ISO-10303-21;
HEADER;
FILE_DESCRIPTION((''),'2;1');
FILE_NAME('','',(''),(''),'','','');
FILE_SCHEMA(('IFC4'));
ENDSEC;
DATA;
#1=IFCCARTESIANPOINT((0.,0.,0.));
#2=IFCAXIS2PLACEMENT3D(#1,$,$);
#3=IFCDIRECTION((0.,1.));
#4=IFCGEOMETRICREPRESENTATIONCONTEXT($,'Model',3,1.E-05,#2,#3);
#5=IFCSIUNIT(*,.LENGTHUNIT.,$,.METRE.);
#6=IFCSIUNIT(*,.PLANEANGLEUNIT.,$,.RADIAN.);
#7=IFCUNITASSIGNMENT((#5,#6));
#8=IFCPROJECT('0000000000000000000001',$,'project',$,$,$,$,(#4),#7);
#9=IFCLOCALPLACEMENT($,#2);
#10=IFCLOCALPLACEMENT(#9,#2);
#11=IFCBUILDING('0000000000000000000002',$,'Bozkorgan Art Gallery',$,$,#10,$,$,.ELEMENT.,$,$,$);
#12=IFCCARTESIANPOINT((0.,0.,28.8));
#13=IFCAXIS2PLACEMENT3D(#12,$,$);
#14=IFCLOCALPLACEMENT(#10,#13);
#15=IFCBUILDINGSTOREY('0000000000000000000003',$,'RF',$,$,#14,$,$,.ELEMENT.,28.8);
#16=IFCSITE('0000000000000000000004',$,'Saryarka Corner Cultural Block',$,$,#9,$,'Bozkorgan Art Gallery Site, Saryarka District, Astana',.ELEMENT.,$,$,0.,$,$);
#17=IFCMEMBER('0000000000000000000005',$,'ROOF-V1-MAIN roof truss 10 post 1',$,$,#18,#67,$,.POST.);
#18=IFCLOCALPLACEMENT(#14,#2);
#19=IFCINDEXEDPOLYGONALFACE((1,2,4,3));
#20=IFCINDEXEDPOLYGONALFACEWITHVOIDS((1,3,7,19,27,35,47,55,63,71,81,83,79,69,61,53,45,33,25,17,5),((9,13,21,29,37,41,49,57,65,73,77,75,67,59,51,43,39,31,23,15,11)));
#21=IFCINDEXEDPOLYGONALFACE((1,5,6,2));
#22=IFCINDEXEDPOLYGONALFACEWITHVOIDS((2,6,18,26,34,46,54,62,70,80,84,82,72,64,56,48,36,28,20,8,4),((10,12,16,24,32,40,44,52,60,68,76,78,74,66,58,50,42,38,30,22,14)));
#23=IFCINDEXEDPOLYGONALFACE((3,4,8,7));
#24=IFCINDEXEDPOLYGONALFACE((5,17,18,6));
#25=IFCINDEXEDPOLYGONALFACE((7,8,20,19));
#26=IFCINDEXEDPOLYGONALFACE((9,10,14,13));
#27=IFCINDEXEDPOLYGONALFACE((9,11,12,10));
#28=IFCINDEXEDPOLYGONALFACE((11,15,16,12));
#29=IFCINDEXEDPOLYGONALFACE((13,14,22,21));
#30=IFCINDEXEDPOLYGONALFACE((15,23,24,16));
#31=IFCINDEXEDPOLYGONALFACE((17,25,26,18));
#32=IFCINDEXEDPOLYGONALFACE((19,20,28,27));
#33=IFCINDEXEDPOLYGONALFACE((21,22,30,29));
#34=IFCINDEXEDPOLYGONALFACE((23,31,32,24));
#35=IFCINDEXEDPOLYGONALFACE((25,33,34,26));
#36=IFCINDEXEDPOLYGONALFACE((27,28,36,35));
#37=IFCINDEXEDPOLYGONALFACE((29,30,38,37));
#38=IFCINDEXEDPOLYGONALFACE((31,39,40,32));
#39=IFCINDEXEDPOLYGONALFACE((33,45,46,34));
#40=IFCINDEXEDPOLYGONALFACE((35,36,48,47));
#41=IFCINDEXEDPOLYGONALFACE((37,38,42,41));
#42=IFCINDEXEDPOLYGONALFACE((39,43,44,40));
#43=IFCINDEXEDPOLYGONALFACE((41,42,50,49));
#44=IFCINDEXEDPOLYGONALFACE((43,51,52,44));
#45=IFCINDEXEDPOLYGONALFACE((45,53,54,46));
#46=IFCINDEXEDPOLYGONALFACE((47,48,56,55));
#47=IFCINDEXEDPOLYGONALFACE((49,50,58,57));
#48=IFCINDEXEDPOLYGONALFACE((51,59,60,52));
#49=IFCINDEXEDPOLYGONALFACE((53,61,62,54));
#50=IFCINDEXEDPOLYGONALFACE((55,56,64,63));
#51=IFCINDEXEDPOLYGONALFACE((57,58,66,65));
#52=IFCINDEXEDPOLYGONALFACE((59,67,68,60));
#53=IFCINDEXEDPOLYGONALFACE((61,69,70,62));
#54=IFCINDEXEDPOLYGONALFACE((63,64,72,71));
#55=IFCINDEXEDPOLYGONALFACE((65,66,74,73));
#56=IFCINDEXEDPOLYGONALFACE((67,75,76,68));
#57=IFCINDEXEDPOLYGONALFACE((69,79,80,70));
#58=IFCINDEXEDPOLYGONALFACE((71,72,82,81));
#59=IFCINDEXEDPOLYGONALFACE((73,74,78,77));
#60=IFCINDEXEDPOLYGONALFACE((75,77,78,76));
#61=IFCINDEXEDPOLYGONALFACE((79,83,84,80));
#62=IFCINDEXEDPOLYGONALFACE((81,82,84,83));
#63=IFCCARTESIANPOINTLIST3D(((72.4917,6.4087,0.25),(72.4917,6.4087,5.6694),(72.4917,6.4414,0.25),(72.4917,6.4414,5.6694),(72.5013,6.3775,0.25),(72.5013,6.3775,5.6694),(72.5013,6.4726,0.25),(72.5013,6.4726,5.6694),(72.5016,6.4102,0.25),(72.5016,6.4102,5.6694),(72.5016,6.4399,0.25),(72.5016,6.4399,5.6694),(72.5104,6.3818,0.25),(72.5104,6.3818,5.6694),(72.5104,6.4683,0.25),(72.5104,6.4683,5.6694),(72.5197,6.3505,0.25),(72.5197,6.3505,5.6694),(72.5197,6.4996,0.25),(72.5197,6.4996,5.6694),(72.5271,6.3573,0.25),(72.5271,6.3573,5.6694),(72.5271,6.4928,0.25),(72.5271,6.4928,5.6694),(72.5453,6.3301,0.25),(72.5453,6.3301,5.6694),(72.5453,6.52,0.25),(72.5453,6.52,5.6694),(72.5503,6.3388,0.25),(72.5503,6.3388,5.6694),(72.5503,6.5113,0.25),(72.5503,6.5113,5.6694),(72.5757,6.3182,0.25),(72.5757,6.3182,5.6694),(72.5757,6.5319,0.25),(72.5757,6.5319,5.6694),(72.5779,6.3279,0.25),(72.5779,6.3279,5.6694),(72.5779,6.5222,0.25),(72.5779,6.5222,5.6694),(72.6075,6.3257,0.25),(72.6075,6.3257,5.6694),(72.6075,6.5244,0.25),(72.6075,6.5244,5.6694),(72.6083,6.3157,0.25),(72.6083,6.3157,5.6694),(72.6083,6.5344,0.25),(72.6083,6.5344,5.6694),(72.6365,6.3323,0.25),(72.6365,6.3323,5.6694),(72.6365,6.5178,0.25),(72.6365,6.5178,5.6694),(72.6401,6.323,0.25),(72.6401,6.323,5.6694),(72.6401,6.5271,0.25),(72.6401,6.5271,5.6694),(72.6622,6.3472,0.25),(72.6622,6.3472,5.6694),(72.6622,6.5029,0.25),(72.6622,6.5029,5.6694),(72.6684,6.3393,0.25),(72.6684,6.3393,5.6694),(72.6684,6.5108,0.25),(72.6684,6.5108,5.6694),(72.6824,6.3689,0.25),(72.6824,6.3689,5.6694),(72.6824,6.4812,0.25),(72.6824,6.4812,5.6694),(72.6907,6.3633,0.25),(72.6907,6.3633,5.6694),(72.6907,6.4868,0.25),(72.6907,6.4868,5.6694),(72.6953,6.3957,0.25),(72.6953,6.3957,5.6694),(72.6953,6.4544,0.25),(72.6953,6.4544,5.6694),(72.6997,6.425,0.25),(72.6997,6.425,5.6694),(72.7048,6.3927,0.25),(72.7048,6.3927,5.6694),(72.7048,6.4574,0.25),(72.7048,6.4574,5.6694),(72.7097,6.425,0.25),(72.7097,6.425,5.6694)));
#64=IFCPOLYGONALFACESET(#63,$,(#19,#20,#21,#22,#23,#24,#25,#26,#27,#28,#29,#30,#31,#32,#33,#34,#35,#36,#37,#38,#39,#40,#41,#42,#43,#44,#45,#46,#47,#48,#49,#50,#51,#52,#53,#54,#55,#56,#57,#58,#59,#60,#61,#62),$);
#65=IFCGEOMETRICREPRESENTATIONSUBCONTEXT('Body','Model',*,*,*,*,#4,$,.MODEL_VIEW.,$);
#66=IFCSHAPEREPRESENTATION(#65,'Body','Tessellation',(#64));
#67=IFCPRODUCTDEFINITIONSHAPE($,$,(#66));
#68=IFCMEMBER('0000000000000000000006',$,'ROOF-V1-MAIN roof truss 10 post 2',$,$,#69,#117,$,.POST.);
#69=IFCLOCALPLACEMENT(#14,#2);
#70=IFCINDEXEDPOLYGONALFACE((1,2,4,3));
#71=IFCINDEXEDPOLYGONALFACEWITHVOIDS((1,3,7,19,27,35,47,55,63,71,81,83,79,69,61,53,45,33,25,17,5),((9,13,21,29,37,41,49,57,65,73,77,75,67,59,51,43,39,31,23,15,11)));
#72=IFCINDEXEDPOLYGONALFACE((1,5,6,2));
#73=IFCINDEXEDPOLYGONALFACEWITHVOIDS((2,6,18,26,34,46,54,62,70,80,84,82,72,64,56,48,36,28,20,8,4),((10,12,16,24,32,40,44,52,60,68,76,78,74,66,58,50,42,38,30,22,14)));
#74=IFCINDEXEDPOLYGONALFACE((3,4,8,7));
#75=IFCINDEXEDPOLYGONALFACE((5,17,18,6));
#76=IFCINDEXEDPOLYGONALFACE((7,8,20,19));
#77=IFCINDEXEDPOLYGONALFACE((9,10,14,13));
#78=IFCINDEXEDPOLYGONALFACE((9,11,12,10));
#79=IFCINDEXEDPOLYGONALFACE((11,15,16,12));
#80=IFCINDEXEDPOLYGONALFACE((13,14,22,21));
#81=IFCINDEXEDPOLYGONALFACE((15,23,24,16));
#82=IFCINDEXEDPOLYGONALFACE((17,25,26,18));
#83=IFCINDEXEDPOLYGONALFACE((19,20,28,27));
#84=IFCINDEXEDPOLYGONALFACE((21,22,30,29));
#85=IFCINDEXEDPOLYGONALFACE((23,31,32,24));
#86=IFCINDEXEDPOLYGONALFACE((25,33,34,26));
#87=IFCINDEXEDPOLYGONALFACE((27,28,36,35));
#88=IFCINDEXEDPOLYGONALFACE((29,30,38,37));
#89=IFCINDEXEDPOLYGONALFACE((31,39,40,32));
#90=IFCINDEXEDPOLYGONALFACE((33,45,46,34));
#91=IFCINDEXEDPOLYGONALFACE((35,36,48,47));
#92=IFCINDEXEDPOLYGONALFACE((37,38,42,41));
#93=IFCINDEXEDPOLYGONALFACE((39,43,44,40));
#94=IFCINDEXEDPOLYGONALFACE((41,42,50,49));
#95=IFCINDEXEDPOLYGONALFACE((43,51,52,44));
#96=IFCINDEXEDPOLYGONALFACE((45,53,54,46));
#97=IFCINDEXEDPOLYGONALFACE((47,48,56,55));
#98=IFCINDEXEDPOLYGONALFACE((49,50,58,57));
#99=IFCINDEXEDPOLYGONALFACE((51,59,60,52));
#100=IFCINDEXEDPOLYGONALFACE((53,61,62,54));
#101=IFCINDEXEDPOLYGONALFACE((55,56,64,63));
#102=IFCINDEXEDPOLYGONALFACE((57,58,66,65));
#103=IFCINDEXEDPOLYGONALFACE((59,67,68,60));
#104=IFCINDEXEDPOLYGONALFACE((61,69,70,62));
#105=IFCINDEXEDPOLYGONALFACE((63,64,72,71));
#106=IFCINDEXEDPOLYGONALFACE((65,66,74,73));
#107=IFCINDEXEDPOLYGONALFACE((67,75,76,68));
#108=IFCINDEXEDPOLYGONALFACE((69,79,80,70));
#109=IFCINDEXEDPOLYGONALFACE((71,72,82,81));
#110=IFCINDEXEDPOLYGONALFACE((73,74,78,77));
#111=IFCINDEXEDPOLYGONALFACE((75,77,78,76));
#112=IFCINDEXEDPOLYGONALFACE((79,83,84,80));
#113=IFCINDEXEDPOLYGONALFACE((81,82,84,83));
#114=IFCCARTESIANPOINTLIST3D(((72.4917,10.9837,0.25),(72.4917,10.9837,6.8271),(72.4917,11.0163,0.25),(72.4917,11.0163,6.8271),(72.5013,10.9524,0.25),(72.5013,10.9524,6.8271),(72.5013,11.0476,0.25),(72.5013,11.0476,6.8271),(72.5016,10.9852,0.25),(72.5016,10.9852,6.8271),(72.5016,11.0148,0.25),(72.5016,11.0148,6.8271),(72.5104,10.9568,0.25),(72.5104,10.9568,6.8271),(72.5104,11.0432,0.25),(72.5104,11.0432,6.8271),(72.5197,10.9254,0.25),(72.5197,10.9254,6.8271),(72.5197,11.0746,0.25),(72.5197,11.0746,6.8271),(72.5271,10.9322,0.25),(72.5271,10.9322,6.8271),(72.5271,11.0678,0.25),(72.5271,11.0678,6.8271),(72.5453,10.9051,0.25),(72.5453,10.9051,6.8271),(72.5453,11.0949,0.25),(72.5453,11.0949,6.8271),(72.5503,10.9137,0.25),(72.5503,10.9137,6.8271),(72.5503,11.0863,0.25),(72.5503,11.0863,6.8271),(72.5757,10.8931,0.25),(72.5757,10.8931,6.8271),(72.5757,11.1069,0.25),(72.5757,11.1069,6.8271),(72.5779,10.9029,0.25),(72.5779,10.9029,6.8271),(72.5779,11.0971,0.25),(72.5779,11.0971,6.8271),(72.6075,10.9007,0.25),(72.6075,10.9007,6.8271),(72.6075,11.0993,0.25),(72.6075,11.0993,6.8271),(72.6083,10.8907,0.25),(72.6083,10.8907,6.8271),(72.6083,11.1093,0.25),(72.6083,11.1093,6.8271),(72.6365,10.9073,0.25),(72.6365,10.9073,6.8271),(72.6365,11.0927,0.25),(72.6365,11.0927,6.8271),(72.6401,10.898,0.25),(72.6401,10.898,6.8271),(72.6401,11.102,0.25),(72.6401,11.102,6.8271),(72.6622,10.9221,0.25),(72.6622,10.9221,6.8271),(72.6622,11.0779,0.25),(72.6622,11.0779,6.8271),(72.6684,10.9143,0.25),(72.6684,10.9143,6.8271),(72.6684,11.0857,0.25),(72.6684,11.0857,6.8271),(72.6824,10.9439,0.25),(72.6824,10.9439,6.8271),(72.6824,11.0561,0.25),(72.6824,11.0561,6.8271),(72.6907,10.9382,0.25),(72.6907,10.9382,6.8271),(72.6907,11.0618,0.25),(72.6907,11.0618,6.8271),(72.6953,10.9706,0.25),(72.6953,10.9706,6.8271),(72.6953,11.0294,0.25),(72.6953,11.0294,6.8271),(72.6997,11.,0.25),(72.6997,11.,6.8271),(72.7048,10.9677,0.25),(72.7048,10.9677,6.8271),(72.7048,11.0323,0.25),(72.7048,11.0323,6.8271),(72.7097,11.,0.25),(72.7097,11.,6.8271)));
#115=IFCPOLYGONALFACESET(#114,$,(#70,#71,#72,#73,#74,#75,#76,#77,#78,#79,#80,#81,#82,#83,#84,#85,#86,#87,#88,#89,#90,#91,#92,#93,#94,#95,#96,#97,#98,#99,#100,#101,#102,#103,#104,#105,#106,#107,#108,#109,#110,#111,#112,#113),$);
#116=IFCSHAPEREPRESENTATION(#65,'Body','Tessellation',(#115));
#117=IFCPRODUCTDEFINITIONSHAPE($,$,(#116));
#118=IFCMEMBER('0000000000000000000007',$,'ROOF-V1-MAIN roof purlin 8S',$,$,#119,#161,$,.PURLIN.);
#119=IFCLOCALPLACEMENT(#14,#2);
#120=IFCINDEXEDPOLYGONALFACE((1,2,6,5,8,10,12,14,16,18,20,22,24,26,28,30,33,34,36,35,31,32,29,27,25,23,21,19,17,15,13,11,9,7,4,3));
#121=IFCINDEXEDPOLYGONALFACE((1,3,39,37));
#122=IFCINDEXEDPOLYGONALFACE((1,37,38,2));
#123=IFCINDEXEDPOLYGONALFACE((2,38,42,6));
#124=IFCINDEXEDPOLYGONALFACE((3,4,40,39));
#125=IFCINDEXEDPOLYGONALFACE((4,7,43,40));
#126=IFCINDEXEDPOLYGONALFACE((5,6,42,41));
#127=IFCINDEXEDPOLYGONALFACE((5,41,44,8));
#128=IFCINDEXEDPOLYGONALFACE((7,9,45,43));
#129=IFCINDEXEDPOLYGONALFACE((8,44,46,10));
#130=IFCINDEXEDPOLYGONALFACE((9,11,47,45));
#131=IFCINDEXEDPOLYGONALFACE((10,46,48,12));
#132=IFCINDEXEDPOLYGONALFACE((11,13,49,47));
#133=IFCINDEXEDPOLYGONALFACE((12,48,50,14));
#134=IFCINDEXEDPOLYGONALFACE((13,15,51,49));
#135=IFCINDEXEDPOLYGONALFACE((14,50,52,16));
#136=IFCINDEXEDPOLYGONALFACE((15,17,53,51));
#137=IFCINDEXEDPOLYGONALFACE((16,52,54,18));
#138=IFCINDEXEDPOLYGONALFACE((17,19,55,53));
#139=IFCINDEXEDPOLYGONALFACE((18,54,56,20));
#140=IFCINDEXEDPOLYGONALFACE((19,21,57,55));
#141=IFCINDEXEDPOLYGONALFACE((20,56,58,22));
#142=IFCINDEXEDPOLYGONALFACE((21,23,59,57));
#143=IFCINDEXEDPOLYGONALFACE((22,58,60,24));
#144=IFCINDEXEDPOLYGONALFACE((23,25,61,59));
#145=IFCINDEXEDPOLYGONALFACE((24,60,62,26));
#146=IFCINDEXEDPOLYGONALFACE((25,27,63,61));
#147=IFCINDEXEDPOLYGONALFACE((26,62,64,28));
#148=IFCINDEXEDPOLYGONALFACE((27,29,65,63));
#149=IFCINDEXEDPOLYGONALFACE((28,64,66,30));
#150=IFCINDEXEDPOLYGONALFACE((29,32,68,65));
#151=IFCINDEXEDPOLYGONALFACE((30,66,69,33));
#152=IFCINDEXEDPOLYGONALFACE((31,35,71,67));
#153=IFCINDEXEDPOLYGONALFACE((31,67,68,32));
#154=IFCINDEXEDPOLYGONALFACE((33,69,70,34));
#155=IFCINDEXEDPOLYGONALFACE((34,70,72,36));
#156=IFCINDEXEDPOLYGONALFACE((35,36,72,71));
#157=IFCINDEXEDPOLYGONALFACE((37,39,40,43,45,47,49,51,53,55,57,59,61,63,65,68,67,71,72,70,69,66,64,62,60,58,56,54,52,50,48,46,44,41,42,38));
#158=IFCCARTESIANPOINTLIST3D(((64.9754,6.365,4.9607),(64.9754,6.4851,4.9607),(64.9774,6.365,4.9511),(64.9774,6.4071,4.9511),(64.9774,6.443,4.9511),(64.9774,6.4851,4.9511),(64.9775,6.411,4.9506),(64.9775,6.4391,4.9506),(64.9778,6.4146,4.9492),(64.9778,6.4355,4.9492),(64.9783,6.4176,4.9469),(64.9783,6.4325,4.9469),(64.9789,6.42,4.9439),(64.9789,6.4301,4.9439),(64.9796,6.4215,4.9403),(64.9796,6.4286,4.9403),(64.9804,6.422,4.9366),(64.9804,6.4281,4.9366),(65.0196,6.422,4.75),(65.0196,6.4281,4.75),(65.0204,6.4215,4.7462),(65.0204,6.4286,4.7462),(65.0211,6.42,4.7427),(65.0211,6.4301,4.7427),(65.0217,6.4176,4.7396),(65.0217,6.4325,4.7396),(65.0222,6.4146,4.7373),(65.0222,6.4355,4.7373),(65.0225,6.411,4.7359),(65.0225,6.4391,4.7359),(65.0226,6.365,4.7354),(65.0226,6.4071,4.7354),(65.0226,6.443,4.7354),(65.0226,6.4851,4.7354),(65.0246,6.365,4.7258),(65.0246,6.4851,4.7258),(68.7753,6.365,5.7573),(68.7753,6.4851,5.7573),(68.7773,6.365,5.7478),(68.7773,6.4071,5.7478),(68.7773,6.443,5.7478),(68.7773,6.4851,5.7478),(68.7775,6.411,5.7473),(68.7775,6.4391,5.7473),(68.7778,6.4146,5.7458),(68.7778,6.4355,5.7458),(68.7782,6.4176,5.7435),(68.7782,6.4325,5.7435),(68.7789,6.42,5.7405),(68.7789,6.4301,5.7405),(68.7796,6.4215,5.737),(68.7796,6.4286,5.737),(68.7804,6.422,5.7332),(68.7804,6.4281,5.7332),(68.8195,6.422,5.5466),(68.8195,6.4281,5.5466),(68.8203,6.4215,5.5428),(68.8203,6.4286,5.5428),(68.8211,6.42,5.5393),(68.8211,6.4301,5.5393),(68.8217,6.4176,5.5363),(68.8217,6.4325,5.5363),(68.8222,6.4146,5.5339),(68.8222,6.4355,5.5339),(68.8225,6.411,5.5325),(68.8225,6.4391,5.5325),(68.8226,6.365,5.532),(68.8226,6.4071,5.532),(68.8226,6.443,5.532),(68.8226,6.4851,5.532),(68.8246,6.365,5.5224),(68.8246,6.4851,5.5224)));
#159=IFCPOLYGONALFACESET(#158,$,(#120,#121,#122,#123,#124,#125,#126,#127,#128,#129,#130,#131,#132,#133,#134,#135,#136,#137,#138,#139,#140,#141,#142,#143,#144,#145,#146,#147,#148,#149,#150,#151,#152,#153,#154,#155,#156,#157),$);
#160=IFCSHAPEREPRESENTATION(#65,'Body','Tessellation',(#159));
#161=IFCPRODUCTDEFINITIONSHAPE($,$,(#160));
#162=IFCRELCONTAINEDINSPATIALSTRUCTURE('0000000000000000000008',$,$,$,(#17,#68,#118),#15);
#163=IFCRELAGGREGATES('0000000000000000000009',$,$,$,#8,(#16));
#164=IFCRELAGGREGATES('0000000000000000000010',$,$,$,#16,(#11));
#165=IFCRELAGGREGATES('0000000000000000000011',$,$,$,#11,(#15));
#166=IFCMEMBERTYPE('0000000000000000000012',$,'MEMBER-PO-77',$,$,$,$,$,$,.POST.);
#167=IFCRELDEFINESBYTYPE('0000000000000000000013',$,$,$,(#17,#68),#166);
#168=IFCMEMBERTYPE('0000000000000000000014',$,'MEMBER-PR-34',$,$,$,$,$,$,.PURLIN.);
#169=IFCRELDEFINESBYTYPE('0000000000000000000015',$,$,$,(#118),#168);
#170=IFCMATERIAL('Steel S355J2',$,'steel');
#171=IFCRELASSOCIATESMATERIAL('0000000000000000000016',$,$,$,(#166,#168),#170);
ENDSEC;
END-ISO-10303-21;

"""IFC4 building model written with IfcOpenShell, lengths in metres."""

from ifc_helpers import new_model, si_unit, direction, frame, origin, origin_2d, place, context, subcontext, project, spatial, hollow_circle, i_section, extrude, material, material_profile, profile_set, type_object, element, save


model = new_model("IFC4")

# Units and contexts
model_context = context("Model", 3, precision=1e-05, world=origin(), true_north=direction((0.0, 1.0)))
body_context = subcontext(model_context, "Body", "Model", "MODEL_VIEW")
ifc_project = project(units=[si_unit("LENGTHUNIT", "METRE"), si_unit("PLANEANGLEUNIT", "RADIAN")], contexts=[model_context])

# Site, building, storey
site_placement = place(None, origin())
site = spatial("IfcSite", under=ifc_project, at=site_placement, Name="Saryarka Corner Cultural Block", LongName="Bozkorgan Art Gallery Site, Saryarka District, Astana", CompositionType="ELEMENT", RefElevation=0.0)
building_placement = place(site_placement, origin())
building = spatial("IfcBuilding", under=site, at=building_placement, Name="Bozkorgan Art Gallery", CompositionType="ELEMENT")
storey_placement = place(building_placement, frame((0.0, 0.0, 28.8)))
storey = spatial("IfcBuildingStorey", under=building, at=storey_placement, Name="RF", CompositionType="ELEMENT", Elevation=28.8)

# Shared definitions
ifc_material_1 = material(Name="Steel S355J2", Category="steel")

# Members
ifc_material_profile_1 = material_profile(ifc_material_1, hollow_circle(Radius=0.1096, WallThickness=0.01, at=origin_2d()), Name="CHS 219.1x10")
ifc_profile_set_1 = profile_set([ifc_material_profile_1], Name="Steel S355J2")
member_type_1 = type_object("IfcMemberType", Name="MEMBER-PO-77", PredefinedType="POST", material=ifc_profile_set_1)
member_1_placement = place(storey_placement, frame((72.6001, 6.425, 0.25), z_axis=(0.0, 0.0, 1.0), x_axis=(1.0, 0.0, 0.0)))
element("IfcMember", 1, at=member_1_placement, inside=storey, type_object=member_type_1, Name="ROOF-V1-MAIN roof truss 10 post 1", PredefinedType="POST", context=body_context, shape_type="SweptSolid", body=[
    extrude(hollow_circle(Radius=0.1096, WallThickness=0.01, at=origin_2d()), origin(), (0.0, 0.0, 1.0), 5.4194),
])
member_2_placement = place(storey_placement, frame((72.6001, 11.0, 0.25), z_axis=(0.0, 0.0, 1.0), x_axis=(1.0, 0.0, 0.0)))
element("IfcMember", 2, at=member_2_placement, inside=storey, type_object=member_type_1, Name="ROOF-V1-MAIN roof truss 10 post 2", PredefinedType="POST", context=body_context, shape_type="SweptSolid", body=[
    extrude(hollow_circle(Radius=0.1096, WallThickness=0.01, at=origin_2d()), origin(), (0.0, 0.0, 1.0), 6.5771),
])
ifc_material_profile_2 = material_profile(ifc_material_1, i_section(OverallWidth=0.1201, OverallDepth=0.24, WebThickness=0.0061, FlangeThickness=0.0098, FilletRadius=0.0149, at=origin_2d()), Name="IPE 240")
ifc_profile_set_2 = profile_set([ifc_material_profile_2], Name="Steel S355J2")
member_type_2 = type_object("IfcMemberType", Name="MEMBER-PR-34", PredefinedType="PURLIN", material=ifc_profile_set_2)
member_3_placement = place(storey_placement, frame((65.0, 6.425, 4.8433), z_axis=(0.978725, 0.0, 0.205177), x_axis=(0.0, 1.0, 0.0)))
element("IfcMember", 3, at=member_3_placement, inside=storey, type_object=member_type_2, Name="ROOF-V1-MAIN roof purlin 8S", PredefinedType="PURLIN", context=body_context, shape_type="SweptSolid", body=[
    extrude(i_section(OverallWidth=0.1201, OverallDepth=0.24, WebThickness=0.0061, FlangeThickness=0.0098, FilletRadius=0.0149, at=origin_2d()), origin(), (0.0, 0.0, 1.0), 3.8826),
])

save(model, "model.ifc")
